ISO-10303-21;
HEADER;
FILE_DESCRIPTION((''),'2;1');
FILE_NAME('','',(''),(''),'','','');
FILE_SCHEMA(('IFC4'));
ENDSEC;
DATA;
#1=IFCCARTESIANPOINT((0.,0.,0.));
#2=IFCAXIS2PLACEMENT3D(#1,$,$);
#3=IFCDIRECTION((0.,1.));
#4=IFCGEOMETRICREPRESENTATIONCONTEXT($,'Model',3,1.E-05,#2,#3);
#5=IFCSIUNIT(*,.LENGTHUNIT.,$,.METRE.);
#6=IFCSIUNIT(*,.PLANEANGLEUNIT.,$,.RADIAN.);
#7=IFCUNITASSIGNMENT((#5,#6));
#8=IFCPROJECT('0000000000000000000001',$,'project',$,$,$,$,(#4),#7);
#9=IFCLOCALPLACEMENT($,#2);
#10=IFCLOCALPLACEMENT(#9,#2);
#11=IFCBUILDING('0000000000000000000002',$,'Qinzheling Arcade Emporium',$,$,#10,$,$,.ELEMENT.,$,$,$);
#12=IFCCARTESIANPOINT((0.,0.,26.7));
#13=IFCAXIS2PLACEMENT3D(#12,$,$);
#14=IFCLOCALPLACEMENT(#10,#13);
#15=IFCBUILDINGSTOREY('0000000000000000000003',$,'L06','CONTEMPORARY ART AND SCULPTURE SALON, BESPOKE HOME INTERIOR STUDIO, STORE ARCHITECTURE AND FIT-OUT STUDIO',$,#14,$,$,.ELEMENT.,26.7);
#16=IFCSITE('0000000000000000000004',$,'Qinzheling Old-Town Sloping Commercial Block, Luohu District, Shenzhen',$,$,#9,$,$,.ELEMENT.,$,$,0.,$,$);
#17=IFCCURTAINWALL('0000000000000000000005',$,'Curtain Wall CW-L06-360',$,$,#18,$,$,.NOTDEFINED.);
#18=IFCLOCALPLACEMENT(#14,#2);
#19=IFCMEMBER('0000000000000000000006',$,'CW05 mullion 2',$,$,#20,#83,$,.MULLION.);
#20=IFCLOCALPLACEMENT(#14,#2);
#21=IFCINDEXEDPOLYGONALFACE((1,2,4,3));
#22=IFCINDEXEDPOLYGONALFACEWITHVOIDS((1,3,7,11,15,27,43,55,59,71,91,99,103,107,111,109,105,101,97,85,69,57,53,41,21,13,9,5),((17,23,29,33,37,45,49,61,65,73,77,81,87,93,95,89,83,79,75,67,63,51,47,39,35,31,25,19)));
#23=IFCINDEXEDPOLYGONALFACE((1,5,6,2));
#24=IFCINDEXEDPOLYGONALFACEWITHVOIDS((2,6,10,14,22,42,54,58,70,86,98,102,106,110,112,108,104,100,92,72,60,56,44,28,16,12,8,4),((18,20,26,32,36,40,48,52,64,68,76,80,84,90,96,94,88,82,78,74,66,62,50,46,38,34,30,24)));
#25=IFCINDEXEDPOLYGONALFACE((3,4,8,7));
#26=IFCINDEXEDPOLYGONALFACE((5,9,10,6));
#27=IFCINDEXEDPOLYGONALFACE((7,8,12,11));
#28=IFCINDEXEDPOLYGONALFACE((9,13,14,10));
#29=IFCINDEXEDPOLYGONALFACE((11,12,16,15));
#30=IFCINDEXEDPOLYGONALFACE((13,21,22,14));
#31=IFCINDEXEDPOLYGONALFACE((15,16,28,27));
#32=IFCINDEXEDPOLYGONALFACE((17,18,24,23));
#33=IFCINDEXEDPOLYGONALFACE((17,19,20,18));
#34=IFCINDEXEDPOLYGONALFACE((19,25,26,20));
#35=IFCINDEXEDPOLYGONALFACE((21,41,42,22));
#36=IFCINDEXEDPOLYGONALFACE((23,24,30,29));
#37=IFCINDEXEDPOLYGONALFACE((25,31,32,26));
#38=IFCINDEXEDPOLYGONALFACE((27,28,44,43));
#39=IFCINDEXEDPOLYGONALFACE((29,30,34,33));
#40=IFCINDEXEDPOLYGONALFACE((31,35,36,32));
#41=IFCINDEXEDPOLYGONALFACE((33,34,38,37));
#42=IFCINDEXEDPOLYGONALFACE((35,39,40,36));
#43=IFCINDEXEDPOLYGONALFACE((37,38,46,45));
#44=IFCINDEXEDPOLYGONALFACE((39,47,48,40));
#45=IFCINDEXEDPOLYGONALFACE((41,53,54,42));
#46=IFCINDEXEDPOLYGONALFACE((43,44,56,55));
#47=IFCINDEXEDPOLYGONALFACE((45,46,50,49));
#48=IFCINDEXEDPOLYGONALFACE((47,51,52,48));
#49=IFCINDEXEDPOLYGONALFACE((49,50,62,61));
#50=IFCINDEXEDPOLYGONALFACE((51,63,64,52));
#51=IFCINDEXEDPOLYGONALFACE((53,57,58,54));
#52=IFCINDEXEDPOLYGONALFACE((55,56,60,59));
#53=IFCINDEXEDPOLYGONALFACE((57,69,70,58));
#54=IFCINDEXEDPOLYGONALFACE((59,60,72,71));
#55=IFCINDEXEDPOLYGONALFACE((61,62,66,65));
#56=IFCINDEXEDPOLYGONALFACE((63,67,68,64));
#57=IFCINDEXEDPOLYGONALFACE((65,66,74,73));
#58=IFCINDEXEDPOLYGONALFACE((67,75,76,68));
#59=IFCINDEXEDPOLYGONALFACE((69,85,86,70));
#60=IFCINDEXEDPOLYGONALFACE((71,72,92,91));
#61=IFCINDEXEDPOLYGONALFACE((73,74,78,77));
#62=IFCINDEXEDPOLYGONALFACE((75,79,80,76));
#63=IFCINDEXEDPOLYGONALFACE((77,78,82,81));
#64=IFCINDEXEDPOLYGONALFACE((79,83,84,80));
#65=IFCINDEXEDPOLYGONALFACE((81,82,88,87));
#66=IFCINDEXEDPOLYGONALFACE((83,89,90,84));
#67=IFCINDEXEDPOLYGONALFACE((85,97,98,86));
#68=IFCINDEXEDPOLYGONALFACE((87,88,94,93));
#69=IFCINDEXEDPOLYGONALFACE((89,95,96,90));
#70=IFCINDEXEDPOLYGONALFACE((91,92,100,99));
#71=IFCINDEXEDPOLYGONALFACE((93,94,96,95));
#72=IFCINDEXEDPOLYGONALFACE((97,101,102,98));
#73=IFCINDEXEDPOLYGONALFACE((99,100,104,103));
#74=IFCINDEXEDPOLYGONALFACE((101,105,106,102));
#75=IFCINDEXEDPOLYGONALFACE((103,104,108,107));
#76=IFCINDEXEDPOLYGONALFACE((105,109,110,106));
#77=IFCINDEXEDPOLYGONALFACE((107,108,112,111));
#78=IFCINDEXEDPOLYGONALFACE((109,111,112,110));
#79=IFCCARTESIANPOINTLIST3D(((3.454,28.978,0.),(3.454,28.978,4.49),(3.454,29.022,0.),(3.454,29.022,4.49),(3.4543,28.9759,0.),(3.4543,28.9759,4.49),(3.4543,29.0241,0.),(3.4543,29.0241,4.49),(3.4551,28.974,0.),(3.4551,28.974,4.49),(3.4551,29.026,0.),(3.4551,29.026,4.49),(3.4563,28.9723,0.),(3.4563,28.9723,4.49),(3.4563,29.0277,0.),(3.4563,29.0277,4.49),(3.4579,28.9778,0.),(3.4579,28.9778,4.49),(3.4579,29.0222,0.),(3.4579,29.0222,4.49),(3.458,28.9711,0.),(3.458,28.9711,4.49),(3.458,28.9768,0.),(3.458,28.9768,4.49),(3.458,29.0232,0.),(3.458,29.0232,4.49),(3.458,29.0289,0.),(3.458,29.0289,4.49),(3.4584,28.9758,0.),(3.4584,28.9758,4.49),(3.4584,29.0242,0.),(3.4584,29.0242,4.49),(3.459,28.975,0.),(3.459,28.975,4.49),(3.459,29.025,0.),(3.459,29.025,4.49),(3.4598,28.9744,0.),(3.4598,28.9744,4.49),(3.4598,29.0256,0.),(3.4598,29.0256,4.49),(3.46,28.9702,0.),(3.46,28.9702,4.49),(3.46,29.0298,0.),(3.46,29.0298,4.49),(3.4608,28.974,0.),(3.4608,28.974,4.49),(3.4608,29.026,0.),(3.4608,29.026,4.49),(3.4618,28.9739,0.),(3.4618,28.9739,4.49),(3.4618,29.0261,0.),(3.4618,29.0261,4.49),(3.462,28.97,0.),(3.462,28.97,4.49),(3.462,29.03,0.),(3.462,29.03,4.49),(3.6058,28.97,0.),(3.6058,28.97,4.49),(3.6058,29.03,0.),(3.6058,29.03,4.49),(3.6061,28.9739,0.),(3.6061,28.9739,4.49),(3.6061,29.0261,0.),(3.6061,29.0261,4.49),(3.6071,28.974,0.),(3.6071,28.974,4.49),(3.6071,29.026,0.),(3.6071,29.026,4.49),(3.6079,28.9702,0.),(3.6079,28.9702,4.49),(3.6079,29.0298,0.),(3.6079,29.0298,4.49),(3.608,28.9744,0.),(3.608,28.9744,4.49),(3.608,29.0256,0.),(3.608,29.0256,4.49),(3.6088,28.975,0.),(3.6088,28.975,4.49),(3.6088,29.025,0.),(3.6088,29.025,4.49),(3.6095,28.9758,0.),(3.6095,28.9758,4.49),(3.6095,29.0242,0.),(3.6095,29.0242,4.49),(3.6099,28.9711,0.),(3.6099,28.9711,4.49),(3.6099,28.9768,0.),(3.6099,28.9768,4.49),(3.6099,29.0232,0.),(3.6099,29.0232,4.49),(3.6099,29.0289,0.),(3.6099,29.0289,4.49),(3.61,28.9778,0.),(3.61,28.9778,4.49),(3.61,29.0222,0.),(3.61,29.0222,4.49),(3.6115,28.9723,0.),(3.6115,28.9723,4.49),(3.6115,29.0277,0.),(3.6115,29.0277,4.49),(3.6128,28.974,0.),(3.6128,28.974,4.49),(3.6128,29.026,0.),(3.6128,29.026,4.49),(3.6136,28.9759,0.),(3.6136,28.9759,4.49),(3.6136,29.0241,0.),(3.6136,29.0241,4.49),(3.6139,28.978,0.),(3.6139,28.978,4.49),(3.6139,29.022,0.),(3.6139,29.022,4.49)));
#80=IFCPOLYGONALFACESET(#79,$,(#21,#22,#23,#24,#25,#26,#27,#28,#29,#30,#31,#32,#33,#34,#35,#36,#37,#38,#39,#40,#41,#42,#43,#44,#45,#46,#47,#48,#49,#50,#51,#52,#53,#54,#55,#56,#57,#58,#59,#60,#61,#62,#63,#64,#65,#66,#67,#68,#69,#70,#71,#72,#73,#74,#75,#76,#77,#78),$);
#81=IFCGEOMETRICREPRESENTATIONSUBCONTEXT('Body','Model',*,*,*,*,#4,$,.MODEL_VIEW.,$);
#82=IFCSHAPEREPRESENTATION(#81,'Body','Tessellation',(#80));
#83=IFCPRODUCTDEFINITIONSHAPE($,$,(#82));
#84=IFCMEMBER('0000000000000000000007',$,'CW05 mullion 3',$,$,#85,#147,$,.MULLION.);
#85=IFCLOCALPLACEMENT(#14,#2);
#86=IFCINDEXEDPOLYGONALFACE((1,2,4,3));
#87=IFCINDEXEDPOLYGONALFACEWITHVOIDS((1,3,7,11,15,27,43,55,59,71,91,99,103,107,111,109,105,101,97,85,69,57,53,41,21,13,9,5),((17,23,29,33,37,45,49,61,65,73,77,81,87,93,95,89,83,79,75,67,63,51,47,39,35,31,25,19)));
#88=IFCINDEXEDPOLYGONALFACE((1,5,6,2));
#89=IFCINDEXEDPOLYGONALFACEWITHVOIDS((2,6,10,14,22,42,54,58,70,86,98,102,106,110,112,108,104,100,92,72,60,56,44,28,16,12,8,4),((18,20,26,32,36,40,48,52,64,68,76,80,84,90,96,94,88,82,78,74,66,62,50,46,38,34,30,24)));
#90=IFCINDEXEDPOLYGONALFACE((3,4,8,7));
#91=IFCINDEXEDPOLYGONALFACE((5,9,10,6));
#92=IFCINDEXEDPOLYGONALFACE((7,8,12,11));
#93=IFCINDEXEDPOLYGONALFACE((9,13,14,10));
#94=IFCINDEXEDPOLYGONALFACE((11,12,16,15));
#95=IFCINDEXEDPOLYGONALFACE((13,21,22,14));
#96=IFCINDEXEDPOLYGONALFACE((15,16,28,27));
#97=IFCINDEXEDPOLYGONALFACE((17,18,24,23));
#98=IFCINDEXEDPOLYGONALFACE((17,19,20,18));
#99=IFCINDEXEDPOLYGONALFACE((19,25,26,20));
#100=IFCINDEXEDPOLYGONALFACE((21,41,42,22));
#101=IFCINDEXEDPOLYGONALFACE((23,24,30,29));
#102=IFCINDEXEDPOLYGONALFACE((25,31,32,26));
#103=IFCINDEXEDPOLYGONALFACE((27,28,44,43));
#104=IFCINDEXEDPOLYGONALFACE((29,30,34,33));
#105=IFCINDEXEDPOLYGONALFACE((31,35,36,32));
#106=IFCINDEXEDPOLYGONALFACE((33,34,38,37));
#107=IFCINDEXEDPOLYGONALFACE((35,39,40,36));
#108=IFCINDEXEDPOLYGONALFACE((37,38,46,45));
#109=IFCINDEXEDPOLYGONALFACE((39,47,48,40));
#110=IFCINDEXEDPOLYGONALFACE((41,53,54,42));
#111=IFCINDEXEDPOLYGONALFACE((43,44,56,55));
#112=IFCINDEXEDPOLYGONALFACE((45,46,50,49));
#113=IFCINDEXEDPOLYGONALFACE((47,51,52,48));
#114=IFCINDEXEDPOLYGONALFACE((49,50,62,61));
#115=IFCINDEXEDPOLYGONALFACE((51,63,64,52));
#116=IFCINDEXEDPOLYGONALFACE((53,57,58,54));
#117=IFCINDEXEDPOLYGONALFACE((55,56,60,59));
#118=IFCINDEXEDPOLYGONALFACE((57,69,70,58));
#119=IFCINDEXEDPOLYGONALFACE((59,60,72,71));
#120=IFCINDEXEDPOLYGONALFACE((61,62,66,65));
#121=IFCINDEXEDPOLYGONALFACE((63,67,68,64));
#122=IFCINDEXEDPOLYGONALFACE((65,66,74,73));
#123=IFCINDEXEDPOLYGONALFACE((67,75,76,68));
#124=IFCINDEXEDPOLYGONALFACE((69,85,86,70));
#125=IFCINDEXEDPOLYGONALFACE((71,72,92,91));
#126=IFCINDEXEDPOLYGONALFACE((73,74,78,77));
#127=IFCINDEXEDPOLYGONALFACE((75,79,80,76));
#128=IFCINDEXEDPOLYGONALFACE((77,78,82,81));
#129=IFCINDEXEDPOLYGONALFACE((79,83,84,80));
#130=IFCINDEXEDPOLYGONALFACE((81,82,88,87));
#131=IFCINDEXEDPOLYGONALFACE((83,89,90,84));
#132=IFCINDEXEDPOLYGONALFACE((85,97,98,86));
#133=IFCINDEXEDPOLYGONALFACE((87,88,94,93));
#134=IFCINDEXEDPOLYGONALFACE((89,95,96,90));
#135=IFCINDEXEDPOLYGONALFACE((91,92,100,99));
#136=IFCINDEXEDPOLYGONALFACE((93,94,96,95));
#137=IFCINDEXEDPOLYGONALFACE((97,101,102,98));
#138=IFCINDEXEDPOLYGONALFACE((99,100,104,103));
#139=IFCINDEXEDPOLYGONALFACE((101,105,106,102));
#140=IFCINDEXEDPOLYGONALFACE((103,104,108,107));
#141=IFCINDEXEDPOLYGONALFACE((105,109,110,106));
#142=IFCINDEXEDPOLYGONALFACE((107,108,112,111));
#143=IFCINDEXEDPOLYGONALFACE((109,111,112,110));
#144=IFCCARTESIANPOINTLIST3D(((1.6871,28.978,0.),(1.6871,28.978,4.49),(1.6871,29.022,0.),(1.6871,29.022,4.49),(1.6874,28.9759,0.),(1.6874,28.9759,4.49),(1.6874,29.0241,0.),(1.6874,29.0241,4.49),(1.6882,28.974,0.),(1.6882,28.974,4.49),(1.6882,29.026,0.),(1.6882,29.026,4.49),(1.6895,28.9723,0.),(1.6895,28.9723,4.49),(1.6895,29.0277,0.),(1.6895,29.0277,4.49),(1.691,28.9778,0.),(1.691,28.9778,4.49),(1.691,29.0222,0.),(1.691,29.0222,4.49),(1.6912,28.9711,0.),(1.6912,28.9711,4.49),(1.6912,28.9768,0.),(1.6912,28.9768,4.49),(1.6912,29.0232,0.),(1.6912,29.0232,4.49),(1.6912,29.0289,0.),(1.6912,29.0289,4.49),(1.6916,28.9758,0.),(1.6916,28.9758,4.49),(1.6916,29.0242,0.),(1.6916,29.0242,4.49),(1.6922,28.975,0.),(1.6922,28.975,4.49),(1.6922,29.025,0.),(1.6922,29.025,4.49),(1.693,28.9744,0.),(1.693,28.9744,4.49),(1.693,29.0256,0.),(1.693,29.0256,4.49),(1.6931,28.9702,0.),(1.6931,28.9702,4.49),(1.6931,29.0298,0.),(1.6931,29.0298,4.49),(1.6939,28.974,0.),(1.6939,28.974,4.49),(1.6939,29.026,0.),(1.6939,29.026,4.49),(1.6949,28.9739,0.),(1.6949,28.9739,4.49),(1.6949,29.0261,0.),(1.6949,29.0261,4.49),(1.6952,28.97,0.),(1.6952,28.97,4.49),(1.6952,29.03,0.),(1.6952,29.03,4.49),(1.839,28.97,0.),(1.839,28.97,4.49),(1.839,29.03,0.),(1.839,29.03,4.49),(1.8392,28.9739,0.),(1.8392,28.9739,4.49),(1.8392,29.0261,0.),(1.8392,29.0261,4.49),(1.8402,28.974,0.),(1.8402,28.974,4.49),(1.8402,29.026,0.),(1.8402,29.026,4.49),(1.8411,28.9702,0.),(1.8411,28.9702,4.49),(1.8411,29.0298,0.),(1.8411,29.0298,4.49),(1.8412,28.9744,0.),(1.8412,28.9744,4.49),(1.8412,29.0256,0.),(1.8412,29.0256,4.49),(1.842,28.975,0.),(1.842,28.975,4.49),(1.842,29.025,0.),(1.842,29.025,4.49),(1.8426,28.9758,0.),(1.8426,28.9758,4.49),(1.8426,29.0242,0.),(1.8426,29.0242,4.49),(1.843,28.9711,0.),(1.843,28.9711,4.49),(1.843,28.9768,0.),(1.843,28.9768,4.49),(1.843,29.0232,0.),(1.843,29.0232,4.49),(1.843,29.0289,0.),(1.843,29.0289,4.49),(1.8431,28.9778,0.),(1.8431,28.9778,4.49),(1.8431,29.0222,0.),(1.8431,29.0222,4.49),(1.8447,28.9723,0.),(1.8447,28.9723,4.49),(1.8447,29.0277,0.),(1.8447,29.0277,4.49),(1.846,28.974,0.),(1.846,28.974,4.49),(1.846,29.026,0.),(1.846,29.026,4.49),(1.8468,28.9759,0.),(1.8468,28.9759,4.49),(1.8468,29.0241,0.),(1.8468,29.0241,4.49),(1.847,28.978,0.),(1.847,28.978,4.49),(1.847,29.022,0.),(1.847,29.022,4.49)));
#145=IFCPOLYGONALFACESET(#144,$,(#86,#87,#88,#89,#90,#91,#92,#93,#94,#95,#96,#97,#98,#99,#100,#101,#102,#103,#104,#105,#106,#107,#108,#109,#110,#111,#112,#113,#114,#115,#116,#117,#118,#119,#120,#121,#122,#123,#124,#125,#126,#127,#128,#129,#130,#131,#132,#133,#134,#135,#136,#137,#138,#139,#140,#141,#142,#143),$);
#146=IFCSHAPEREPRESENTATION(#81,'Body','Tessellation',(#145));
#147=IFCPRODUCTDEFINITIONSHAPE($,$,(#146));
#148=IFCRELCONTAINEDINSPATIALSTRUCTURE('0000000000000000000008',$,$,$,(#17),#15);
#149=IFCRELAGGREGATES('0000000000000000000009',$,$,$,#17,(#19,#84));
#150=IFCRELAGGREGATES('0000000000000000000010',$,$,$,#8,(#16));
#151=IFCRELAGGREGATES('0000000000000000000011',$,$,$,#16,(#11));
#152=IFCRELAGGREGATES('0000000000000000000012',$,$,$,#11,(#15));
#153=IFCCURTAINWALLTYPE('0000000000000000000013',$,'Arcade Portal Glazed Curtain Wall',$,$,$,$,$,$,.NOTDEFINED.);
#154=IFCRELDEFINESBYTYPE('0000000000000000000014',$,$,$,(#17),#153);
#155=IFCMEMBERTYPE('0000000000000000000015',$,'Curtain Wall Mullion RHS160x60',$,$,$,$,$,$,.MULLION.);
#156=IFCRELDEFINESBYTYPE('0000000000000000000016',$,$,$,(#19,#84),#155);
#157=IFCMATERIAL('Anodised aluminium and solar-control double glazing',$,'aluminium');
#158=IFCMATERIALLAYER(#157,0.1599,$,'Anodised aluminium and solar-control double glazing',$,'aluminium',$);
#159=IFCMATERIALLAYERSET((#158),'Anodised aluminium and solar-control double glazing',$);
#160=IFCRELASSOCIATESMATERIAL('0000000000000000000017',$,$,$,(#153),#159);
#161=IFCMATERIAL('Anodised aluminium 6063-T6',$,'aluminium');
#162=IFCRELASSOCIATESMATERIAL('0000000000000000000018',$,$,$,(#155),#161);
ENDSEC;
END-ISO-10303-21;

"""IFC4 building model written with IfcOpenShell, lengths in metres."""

from ifc_helpers import new_model, si_unit, direction, frame, origin, origin_2d, place, context, subcontext, project, spatial, hollow_rectangle, extrude, material, layer, layer_set, material_profile, profile_set, type_object, element, aggregate, save


model = new_model("IFC4")

# Units and contexts
model_context = context("Model", 3, precision=1e-05, world=origin(), true_north=direction((0.0, 1.0)))
body_context = subcontext(model_context, "Body", "Model", "MODEL_VIEW")
ifc_project = project(units=[si_unit("LENGTHUNIT", "METRE"), si_unit("PLANEANGLEUNIT", "RADIAN")], contexts=[model_context])

# Site, building, storey
site_placement = place(None, origin())
site = spatial("IfcSite", under=ifc_project, at=site_placement, Name="Qinzheling Old-Town Sloping Commercial Block, Luohu District, Shenzhen", CompositionType="ELEMENT", RefElevation=0.0)
building_placement = place(site_placement, origin())
building = spatial("IfcBuilding", under=site, at=building_placement, Name="Qinzheling Arcade Emporium", CompositionType="ELEMENT")
storey_placement = place(building_placement, frame((0.0, 0.0, 26.7)))
storey = spatial("IfcBuildingStorey", under=building, at=storey_placement, Name="L06", Description="CONTEMPORARY ART AND SCULPTURE SALON, BESPOKE HOME INTERIOR STUDIO, STORE ARCHITECTURE AND FIT-OUT STUDIO", CompositionType="ELEMENT", Elevation=26.7)

# Curtain wall, members
ifc_material_1 = material(Name="Anodised aluminium and solar-control double glazing", Category="aluminium")
ifc_layer_1 = layer(ifc_material_1, 0.1599, Name="Anodised aluminium and solar-control double glazing", Category="aluminium")
ifc_layer_set_1 = layer_set([ifc_layer_1], Name="Anodised aluminium and solar-control double glazing")
curtain_wall_type = type_object("IfcCurtainWallType", Name="Arcade Portal Glazed Curtain Wall", PredefinedType="NOTDEFINED", material=ifc_layer_set_1)
curtain_wall_placement = place(storey_placement, origin())
curtain_wall = element("IfcCurtainWall", 1, at=curtain_wall_placement, inside=storey, type_object=curtain_wall_type, Name="Curtain Wall CW-L06-360", PredefinedType="NOTDEFINED")
ifc_material_2 = material(Name="Anodised aluminium 6063-T6", Category="aluminium")
ifc_material_profile_1 = material_profile(ifc_material_2, hollow_rectangle(XDim=0.0601, YDim=0.1599, WallThickness=0.0039, InnerFilletRadius=0.0039, OuterFilletRadius=0.0081, at=origin_2d()), Name="RHS 160x60x4", Category="aluminium")
ifc_profile_set_1 = profile_set([ifc_material_profile_1], Name="Anodised aluminium 6063-T6")
member_type_1 = type_object("IfcMemberType", Name="Curtain Wall Mullion RHS160x60", PredefinedType="MULLION", material=ifc_profile_set_1)
member_1_placement = place(storey_placement, frame((3.5339, 29.0, 0.0), z_axis=(0.0, 0.0, 1.0), x_axis=(0.0, -1.0, 0.0)))
member_1 = element("IfcMember", 2, at=member_1_placement, type_object=member_type_1, Name="CW05 mullion 2", PredefinedType="MULLION", context=body_context, shape_type="SweptSolid", body=[
    extrude(hollow_rectangle(XDim=0.0601, YDim=0.1599, WallThickness=0.0039, InnerFilletRadius=0.0039, OuterFilletRadius=0.0081, at=origin_2d()), origin(), (0.0, 0.0, 1.0), 4.49),
])
member_2_placement = place(storey_placement, frame((1.7671, 29.0, 0.0), z_axis=(0.0, 0.0, 1.0), x_axis=(0.0, -1.0, 0.0)))
member_2 = element("IfcMember", 3, at=member_2_placement, type_object=member_type_1, Name="CW05 mullion 3", PredefinedType="MULLION", context=body_context, shape_type="SweptSolid", body=[
    extrude(hollow_rectangle(XDim=0.0601, YDim=0.1599, WallThickness=0.0039, InnerFilletRadius=0.0039, OuterFilletRadius=0.0081, at=origin_2d()), origin(), (0.0, 0.0, 1.0), 4.49),
])
aggregate(curtain_wall, [member_1, member_2])

save(model, "model.ifc")
